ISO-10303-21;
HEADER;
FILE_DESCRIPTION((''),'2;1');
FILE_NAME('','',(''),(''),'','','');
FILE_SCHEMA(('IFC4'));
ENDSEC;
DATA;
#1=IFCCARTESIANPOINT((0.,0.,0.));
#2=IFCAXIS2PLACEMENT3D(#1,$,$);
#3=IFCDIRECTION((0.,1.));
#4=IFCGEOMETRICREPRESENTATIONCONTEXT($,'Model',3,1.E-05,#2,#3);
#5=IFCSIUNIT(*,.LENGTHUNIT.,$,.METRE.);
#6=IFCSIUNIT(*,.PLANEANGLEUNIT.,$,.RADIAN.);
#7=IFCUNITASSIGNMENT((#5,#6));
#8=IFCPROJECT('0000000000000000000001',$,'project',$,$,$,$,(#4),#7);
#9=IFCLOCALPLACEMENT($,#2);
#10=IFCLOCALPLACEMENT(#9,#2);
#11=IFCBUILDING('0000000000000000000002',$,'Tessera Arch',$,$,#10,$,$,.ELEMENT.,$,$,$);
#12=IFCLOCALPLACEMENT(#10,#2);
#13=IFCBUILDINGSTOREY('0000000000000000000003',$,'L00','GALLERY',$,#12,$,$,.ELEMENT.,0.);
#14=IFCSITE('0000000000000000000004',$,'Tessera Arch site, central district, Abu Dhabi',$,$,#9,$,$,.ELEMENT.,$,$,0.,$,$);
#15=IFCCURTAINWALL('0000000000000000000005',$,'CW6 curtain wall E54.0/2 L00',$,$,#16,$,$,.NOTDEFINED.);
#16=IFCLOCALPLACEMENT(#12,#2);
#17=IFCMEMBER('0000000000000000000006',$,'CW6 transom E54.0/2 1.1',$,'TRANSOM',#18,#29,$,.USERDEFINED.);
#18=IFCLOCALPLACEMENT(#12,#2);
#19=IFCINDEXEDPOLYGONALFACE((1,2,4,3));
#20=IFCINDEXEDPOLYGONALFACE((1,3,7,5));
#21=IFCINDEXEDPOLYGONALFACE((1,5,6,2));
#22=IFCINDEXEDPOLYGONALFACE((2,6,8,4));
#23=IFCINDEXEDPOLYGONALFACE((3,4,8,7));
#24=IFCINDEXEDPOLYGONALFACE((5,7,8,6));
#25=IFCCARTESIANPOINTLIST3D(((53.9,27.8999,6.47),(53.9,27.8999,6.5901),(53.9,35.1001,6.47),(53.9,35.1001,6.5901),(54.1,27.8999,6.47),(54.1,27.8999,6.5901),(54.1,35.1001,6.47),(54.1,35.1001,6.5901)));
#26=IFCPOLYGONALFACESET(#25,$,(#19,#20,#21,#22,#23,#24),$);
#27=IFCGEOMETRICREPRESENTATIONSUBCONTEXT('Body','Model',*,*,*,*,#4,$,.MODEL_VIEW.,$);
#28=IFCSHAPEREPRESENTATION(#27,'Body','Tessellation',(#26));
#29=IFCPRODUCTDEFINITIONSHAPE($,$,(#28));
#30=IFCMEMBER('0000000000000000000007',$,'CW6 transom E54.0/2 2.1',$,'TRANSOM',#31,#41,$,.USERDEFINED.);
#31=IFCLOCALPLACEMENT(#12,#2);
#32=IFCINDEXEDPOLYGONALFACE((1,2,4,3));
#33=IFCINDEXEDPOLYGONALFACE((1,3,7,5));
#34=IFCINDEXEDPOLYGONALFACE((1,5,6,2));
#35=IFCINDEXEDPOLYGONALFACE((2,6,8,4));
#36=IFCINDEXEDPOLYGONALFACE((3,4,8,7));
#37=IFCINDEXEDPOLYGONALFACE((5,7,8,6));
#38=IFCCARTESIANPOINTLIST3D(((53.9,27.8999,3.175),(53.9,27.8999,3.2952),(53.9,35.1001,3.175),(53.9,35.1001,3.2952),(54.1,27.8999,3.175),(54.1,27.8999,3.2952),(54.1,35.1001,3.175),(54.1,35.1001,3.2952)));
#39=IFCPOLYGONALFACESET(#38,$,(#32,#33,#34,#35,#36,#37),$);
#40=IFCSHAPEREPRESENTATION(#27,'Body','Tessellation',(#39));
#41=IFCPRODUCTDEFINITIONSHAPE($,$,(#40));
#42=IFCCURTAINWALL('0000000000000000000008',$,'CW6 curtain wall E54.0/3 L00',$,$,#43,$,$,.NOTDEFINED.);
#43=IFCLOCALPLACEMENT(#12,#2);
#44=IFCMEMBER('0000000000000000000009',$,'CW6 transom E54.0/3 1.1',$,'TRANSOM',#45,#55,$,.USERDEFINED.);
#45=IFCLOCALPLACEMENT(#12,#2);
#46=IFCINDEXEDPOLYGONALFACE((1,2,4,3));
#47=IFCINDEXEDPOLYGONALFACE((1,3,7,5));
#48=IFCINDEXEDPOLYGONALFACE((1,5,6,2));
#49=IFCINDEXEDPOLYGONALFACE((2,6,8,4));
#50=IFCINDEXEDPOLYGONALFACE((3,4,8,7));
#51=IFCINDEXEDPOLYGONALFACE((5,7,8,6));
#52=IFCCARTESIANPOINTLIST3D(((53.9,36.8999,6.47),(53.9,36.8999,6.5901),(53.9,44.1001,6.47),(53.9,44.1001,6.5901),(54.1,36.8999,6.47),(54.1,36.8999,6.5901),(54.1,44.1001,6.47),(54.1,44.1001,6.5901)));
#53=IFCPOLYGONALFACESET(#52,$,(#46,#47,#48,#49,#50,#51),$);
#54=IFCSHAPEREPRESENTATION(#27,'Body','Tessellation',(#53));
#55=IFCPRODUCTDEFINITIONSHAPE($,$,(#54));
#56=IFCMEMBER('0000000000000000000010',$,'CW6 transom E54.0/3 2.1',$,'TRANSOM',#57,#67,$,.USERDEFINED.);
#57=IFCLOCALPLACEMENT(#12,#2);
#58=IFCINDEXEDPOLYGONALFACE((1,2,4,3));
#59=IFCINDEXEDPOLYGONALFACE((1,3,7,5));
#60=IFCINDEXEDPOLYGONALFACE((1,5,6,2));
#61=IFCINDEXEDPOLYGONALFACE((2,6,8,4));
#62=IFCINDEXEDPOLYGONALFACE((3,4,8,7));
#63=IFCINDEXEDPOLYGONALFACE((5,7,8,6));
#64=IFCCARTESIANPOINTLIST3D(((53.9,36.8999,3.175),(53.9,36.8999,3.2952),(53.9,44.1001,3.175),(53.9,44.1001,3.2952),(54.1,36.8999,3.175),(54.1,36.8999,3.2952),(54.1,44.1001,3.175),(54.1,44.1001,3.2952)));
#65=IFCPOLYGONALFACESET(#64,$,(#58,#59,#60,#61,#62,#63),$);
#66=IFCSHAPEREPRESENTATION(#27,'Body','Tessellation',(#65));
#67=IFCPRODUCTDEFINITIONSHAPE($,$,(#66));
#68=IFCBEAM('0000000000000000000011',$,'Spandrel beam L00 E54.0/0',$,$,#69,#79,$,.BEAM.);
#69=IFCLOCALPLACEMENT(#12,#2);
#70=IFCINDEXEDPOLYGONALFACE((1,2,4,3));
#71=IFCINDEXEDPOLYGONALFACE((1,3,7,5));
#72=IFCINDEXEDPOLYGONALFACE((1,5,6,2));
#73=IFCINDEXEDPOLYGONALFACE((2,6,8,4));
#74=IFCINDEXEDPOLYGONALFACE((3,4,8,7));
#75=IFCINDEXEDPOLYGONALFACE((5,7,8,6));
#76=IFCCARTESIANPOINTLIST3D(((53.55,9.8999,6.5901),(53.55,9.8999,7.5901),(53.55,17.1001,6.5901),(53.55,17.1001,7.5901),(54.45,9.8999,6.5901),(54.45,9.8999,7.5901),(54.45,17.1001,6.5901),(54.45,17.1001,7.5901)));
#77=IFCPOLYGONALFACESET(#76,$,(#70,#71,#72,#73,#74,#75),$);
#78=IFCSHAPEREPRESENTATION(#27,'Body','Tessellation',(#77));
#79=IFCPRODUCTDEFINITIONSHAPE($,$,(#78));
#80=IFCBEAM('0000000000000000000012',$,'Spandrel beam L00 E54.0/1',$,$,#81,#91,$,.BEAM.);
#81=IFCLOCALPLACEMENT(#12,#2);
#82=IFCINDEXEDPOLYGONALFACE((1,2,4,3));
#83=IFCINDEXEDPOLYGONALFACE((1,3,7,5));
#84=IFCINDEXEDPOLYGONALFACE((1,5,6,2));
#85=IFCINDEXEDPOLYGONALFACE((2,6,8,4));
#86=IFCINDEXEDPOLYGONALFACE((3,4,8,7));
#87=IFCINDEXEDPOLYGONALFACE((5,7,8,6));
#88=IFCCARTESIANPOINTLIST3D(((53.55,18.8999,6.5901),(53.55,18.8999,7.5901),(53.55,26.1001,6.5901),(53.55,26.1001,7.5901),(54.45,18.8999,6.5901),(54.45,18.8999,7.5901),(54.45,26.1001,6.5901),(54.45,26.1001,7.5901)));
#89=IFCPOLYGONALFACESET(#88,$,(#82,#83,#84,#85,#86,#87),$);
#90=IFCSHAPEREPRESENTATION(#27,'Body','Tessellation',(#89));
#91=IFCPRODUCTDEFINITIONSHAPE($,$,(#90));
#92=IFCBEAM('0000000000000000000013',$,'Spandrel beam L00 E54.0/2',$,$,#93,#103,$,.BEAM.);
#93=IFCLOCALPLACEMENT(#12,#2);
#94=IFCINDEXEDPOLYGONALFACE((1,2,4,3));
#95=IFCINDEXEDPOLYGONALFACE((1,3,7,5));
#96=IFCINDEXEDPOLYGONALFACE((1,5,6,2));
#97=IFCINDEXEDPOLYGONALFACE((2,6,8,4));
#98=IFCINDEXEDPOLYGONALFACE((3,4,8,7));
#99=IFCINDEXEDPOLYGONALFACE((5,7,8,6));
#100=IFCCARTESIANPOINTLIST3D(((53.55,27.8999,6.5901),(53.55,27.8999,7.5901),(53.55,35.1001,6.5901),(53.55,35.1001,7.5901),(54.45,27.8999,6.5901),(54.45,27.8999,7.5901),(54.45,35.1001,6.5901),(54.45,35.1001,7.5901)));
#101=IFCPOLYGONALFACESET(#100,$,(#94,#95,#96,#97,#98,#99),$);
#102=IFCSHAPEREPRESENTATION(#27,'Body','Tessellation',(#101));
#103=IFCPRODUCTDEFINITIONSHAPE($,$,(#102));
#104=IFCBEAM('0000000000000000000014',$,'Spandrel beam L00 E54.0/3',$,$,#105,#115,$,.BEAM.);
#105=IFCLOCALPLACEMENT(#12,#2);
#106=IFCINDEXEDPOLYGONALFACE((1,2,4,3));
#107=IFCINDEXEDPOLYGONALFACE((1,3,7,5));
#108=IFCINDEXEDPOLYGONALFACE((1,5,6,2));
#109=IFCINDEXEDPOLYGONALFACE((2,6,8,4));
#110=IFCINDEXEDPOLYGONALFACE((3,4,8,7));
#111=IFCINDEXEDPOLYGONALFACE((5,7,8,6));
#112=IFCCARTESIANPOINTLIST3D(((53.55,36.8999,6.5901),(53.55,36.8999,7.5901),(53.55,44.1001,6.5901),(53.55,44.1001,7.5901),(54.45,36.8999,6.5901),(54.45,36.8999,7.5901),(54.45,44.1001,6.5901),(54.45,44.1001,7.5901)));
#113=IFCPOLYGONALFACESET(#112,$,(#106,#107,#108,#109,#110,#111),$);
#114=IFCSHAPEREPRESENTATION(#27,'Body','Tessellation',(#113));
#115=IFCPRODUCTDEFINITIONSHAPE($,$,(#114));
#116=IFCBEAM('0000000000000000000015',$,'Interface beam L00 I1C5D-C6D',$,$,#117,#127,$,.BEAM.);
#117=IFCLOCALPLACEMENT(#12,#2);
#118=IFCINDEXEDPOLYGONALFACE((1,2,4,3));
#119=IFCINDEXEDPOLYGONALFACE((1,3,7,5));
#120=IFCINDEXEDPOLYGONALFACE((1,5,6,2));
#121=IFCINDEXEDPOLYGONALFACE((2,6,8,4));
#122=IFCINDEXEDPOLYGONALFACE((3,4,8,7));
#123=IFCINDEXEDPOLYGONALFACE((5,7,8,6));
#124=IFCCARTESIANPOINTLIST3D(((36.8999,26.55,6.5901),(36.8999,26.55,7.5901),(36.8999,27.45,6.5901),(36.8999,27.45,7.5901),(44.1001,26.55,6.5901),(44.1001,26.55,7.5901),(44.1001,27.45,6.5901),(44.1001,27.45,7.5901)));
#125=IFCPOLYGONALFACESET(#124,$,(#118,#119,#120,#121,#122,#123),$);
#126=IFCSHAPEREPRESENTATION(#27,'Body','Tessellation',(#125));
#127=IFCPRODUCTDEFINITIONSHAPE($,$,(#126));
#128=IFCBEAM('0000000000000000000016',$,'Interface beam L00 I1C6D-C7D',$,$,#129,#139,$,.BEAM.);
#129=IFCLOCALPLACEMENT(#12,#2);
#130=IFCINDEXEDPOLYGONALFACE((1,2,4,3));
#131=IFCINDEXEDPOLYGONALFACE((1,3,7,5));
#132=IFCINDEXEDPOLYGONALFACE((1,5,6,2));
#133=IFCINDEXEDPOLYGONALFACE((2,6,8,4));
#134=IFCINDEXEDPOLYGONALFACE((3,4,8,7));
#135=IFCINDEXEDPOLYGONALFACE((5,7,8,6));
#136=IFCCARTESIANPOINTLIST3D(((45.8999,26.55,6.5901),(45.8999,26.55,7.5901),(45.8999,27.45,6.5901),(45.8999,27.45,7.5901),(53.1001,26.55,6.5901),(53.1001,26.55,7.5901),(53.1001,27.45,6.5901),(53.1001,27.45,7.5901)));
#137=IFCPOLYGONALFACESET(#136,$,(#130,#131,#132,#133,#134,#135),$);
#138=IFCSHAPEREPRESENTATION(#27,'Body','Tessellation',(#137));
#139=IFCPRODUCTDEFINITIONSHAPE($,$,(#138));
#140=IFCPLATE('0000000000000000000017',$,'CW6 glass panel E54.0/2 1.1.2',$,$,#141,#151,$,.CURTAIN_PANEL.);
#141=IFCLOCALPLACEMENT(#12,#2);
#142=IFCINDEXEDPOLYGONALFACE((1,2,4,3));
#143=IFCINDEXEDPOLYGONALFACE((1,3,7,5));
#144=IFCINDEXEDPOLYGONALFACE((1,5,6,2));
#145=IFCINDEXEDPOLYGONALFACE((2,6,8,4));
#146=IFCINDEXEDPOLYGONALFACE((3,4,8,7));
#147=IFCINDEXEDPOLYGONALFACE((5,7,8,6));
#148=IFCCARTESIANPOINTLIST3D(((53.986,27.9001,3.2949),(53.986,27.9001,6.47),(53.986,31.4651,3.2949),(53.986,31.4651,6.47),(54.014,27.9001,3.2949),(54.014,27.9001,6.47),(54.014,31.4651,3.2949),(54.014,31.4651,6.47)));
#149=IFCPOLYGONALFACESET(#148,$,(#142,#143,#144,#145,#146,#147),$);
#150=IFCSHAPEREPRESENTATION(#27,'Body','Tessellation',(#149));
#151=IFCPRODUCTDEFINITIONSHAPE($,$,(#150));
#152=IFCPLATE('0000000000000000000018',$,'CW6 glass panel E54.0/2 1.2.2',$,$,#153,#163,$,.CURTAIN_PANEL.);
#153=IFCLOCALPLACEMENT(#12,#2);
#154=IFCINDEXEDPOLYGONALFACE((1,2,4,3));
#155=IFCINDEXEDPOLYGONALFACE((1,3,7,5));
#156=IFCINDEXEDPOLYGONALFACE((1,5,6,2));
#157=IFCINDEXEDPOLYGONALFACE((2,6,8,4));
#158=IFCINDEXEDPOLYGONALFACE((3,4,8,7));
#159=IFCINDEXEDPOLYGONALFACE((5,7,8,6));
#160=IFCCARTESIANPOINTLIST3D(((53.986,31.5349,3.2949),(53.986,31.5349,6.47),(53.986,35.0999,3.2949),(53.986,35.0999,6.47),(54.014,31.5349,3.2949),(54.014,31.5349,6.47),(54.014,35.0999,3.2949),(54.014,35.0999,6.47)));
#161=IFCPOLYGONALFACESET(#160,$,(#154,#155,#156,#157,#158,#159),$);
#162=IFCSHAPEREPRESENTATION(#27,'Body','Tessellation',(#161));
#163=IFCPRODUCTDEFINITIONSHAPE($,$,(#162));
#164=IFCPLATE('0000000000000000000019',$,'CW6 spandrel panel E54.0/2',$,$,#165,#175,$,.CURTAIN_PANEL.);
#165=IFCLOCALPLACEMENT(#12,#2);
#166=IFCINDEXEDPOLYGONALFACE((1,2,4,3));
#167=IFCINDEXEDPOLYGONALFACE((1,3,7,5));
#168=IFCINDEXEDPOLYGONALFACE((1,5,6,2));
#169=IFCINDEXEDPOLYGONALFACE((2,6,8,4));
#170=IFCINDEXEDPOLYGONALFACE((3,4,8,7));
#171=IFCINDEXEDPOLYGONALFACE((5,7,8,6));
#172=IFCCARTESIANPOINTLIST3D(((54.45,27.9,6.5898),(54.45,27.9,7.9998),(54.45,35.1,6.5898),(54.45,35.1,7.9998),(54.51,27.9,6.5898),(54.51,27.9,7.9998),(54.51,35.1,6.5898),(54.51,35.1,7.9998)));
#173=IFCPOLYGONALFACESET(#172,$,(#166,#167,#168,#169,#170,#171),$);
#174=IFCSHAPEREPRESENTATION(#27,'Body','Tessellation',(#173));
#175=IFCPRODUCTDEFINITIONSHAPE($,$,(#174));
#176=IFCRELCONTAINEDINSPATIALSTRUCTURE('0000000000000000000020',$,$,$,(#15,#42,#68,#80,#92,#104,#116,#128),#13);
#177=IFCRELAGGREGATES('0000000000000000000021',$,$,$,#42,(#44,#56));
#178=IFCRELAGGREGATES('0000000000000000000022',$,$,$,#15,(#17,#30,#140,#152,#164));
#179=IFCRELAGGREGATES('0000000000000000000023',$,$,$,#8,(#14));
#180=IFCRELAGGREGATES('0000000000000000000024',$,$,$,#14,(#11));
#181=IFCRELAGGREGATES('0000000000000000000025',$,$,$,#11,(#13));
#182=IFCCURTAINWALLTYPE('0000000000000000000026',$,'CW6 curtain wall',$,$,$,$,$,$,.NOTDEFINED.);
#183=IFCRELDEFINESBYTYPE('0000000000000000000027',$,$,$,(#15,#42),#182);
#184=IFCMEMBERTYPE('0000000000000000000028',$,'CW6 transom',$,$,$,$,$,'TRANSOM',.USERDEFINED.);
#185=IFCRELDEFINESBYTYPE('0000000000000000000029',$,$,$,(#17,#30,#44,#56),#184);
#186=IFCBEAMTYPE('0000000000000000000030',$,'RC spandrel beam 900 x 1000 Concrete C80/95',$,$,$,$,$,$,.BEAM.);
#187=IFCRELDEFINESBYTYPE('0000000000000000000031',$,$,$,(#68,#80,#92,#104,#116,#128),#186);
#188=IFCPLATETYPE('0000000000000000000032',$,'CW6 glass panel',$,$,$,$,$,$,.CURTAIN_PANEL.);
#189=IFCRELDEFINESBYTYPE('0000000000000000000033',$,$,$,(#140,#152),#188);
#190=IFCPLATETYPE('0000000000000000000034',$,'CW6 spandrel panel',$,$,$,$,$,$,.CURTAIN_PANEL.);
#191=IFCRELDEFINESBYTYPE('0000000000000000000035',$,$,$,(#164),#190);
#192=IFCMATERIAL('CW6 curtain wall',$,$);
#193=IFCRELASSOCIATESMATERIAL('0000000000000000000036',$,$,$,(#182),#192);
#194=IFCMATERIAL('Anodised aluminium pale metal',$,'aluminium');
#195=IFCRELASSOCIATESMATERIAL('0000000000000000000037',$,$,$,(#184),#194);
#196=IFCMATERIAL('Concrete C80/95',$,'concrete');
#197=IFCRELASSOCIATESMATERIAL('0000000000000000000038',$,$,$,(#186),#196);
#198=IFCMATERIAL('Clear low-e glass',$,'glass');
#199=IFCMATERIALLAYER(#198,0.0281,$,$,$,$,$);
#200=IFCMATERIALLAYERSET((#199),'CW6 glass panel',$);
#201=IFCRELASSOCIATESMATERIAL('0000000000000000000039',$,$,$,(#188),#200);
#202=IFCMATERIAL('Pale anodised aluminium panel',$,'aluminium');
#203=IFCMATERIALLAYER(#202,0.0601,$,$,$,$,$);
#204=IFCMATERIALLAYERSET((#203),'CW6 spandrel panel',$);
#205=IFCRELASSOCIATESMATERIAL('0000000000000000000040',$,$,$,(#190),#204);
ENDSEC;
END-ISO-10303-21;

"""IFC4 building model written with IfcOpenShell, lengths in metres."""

from ifc_helpers import new_model, si_unit, direction, frame, origin, origin_2d, place, context, subcontext, project, spatial, rectangle, extrude, material, layer, layer_set, material_profile, profile_set, type_object, element, aggregate, save


model = new_model("IFC4")

# Units and contexts
model_context = context("Model", 3, precision=1e-05, world=origin(), true_north=direction((0.0, 1.0)))
body_context = subcontext(model_context, "Body", "Model", "MODEL_VIEW")
ifc_project = project(units=[si_unit("LENGTHUNIT", "METRE"), si_unit("PLANEANGLEUNIT", "RADIAN")], contexts=[model_context])

# Site, building, storey
site_placement = place(None, origin())
site = spatial("IfcSite", under=ifc_project, at=site_placement, Name="Tessera Arch site, central district, Abu Dhabi", CompositionType="ELEMENT", RefElevation=0.0)
building_placement = place(site_placement, origin())
building = spatial("IfcBuilding", under=site, at=building_placement, Name="Tessera Arch", CompositionType="ELEMENT")
storey_placement = place(building_placement, origin())
storey = spatial("IfcBuildingStorey", under=building, at=storey_placement, Name="L00", Description="GALLERY", CompositionType="ELEMENT", Elevation=0.0)

# Curtain walls, members
ifc_material_1 = material(Name="CW6 curtain wall")
curtain_wall_type = type_object("IfcCurtainWallType", Name="CW6 curtain wall", PredefinedType="NOTDEFINED", material=ifc_material_1)
curtain_wall_1_placement = place(storey_placement, origin())
curtain_wall_1 = element("IfcCurtainWall", 1, at=curtain_wall_1_placement, inside=storey, type_object=curtain_wall_type, Name="CW6 curtain wall E54.0/2 L00", PredefinedType="NOTDEFINED")
ifc_material_2 = material(Name="Anodised aluminium pale metal", Category="aluminium")
ifc_material_profile_1 = material_profile(ifc_material_2, rectangle(XDim=0.2, YDim=0.1201, at=origin_2d()), Name="AL 200x120")
ifc_profile_set_1 = profile_set([ifc_material_profile_1], Name="Anodised aluminium pale metal")
member_type = type_object("IfcMemberType", Name="CW6 transom", ElementType="TRANSOM", PredefinedType="USERDEFINED", material=ifc_profile_set_1)
member_1_placement = place(storey_placement, frame((54.0, 27.8999, 6.53), z_axis=(0.0, 1.0, 0.0), x_axis=(-1.0, 0.0, 0.0)))
member_1 = element("IfcMember", 2, at=member_1_placement, type_object=member_type, Name="CW6 transom E54.0/2 1.1", ObjectType="TRANSOM", PredefinedType="USERDEFINED", context=body_context, shape_type="SweptSolid", body=[
    extrude(rectangle(XDim=0.2, YDim=0.1201, at=origin_2d()), origin(), (0.0, 0.0, 1.0), 7.2002),
])
member_2_placement = place(storey_placement, frame((54.0, 27.8999, 3.2351), z_axis=(0.0, 1.0, 0.0), x_axis=(-1.0, 0.0, 0.0)))
member_2 = element("IfcMember", 3, at=member_2_placement, type_object=member_type, Name="CW6 transom E54.0/2 2.1", ObjectType="TRANSOM", PredefinedType="USERDEFINED", context=body_context, shape_type="SweptSolid", body=[
    extrude(rectangle(XDim=0.2, YDim=0.1201, at=origin_2d()), origin(), (0.0, 0.0, 1.0), 7.2002),
])
curtain_wall_2_placement = place(storey_placement, origin())
curtain_wall_2 = element("IfcCurtainWall", 4, at=curtain_wall_2_placement, inside=storey, type_object=curtain_wall_type, Name="CW6 curtain wall E54.0/3 L00", PredefinedType="NOTDEFINED")
member_3_placement = place(storey_placement, frame((54.0, 36.8999, 6.53), z_axis=(0.0, 1.0, 0.0), x_axis=(-1.0, 0.0, 0.0)))
member_3 = element("IfcMember", 5, at=member_3_placement, type_object=member_type, Name="CW6 transom E54.0/3 1.1", ObjectType="TRANSOM", PredefinedType="USERDEFINED", context=body_context, shape_type="SweptSolid", body=[
    extrude(rectangle(XDim=0.2, YDim=0.1201, at=origin_2d()), origin(), (0.0, 0.0, 1.0), 7.2002),
])
member_4_placement = place(storey_placement, frame((54.0, 36.8999, 3.2351), z_axis=(0.0, 1.0, 0.0), x_axis=(-1.0, 0.0, 0.0)))
member_4 = element("IfcMember", 6, at=member_4_placement, type_object=member_type, Name="CW6 transom E54.0/3 2.1", ObjectType="TRANSOM", PredefinedType="USERDEFINED", context=body_context, shape_type="SweptSolid", body=[
    extrude(rectangle(XDim=0.2, YDim=0.1201, at=origin_2d()), origin(), (0.0, 0.0, 1.0), 7.2002),
])
aggregate(curtain_wall_2, [member_3, member_4])

# Beams
ifc_material_3 = material(Name="Concrete C80/95", Category="concrete")
ifc_material_profile_2 = material_profile(ifc_material_3, rectangle(XDim=0.8999, YDim=1.0, at=origin_2d()), Name="RC spandrel beam 900 x 1000 Concrete C80/95")
ifc_profile_set_2 = profile_set([ifc_material_profile_2], Name="Concrete C80/95")
beam_type = type_object("IfcBeamType", Name="RC spandrel beam 900 x 1000 Concrete C80/95", PredefinedType="BEAM", material=ifc_profile_set_2)
for number, where, z_axis, x_axis, name in (
    (7, (54.0, 9.8999, 7.0901), (0.0, 1.0, 0.0), (-1.0, 0.0, 0.0), "Spandrel beam L00 E54.0/0"),
    (8, (54.0, 18.8999, 7.0901), (0.0, 1.0, 0.0), (-1.0, 0.0, 0.0), "Spandrel beam L00 E54.0/1"),
    (9, (54.0, 27.8999, 7.0901), (0.0, 1.0, 0.0), (-1.0, 0.0, 0.0), "Spandrel beam L00 E54.0/2"),
    (10, (54.0, 36.8999, 7.0901), (0.0, 1.0, 0.0), (-1.0, 0.0, 0.0), "Spandrel beam L00 E54.0/3"),
    (11, (36.8999, 27.0, 7.0901), (1.0, 0.0, 0.0), (0.0, 1.0, 0.0), "Interface beam L00 I1C5D-C6D"),
    (12, (45.8999, 27.0, 7.0901), (1.0, 0.0, 0.0), (0.0, 1.0, 0.0), "Interface beam L00 I1C6D-C7D"),
):
    element("IfcBeam", number, at=place(storey_placement, frame(where, z_axis=z_axis, x_axis=x_axis)), inside=storey, type_object=beam_type, Name=name, PredefinedType="BEAM", context=body_context, shape_type="SweptSolid", body=[
        extrude(rectangle(XDim=0.8999, YDim=1.0, at=origin_2d()), origin(), (0.0, 0.0, 1.0), 7.2002),
    ])

# Plates
ifc_material_4 = material(Name="Clear low-e glass", Category="glass")
ifc_layer_1 = layer(ifc_material_4, 0.0281)
ifc_layer_set_1 = layer_set([ifc_layer_1], Name="CW6 glass panel")
plate_type_1 = type_object("IfcPlateType", Name="CW6 glass panel", PredefinedType="CURTAIN_PANEL", material=ifc_layer_set_1)
plate_1_placement = place(storey_placement, frame((54.0, 29.6826, 3.2949), z_axis=(0.0, 0.0, 1.0), x_axis=(0.0, 1.0, 0.0)))
plate_1 = element("IfcPlate", 13, at=plate_1_placement, type_object=plate_type_1, Name="CW6 glass panel E54.0/2 1.1.2", PredefinedType="CURTAIN_PANEL", context=body_context, shape_type="SweptSolid", body=[
    extrude(rectangle(XDim=3.5649, YDim=0.0281, at=origin_2d()), origin(), (0.0, 0.0, 1.0), 3.175),
])
plate_2_placement = place(storey_placement, frame((54.0, 33.3174, 3.2949), z_axis=(0.0, 0.0, 1.0), x_axis=(0.0, 1.0, 0.0)))
plate_2 = element("IfcPlate", 14, at=plate_2_placement, type_object=plate_type_1, Name="CW6 glass panel E54.0/2 1.2.2", PredefinedType="CURTAIN_PANEL", context=body_context, shape_type="SweptSolid", body=[
    extrude(rectangle(XDim=3.5649, YDim=0.0281, at=origin_2d()), origin(), (0.0, 0.0, 1.0), 3.175),
])
ifc_material_5 = material(Name="Pale anodised aluminium panel", Category="aluminium")
ifc_layer_2 = layer(ifc_material_5, 0.0601)
ifc_layer_set_2 = layer_set([ifc_layer_2], Name="CW6 spandrel panel")
plate_type_2 = type_object("IfcPlateType", Name="CW6 spandrel panel", PredefinedType="CURTAIN_PANEL", material=ifc_layer_set_2)
plate_3_placement = place(storey_placement, frame((54.48, 31.5, 6.5898), z_axis=(0.0, 0.0, 1.0), x_axis=(0.0, 1.0, 0.0)))
plate_3 = element("IfcPlate", 15, at=plate_3_placement, type_object=plate_type_2, Name="CW6 spandrel panel E54.0/2", PredefinedType="CURTAIN_PANEL", context=body_context, shape_type="SweptSolid", body=[
    extrude(rectangle(XDim=7.2, YDim=0.0601, at=origin_2d()), origin(), (0.0, 0.0, 1.0), 1.4099),
])
aggregate(curtain_wall_1, [member_1, member_2, plate_1, plate_2, plate_3])

save(model, "model.ifc")
